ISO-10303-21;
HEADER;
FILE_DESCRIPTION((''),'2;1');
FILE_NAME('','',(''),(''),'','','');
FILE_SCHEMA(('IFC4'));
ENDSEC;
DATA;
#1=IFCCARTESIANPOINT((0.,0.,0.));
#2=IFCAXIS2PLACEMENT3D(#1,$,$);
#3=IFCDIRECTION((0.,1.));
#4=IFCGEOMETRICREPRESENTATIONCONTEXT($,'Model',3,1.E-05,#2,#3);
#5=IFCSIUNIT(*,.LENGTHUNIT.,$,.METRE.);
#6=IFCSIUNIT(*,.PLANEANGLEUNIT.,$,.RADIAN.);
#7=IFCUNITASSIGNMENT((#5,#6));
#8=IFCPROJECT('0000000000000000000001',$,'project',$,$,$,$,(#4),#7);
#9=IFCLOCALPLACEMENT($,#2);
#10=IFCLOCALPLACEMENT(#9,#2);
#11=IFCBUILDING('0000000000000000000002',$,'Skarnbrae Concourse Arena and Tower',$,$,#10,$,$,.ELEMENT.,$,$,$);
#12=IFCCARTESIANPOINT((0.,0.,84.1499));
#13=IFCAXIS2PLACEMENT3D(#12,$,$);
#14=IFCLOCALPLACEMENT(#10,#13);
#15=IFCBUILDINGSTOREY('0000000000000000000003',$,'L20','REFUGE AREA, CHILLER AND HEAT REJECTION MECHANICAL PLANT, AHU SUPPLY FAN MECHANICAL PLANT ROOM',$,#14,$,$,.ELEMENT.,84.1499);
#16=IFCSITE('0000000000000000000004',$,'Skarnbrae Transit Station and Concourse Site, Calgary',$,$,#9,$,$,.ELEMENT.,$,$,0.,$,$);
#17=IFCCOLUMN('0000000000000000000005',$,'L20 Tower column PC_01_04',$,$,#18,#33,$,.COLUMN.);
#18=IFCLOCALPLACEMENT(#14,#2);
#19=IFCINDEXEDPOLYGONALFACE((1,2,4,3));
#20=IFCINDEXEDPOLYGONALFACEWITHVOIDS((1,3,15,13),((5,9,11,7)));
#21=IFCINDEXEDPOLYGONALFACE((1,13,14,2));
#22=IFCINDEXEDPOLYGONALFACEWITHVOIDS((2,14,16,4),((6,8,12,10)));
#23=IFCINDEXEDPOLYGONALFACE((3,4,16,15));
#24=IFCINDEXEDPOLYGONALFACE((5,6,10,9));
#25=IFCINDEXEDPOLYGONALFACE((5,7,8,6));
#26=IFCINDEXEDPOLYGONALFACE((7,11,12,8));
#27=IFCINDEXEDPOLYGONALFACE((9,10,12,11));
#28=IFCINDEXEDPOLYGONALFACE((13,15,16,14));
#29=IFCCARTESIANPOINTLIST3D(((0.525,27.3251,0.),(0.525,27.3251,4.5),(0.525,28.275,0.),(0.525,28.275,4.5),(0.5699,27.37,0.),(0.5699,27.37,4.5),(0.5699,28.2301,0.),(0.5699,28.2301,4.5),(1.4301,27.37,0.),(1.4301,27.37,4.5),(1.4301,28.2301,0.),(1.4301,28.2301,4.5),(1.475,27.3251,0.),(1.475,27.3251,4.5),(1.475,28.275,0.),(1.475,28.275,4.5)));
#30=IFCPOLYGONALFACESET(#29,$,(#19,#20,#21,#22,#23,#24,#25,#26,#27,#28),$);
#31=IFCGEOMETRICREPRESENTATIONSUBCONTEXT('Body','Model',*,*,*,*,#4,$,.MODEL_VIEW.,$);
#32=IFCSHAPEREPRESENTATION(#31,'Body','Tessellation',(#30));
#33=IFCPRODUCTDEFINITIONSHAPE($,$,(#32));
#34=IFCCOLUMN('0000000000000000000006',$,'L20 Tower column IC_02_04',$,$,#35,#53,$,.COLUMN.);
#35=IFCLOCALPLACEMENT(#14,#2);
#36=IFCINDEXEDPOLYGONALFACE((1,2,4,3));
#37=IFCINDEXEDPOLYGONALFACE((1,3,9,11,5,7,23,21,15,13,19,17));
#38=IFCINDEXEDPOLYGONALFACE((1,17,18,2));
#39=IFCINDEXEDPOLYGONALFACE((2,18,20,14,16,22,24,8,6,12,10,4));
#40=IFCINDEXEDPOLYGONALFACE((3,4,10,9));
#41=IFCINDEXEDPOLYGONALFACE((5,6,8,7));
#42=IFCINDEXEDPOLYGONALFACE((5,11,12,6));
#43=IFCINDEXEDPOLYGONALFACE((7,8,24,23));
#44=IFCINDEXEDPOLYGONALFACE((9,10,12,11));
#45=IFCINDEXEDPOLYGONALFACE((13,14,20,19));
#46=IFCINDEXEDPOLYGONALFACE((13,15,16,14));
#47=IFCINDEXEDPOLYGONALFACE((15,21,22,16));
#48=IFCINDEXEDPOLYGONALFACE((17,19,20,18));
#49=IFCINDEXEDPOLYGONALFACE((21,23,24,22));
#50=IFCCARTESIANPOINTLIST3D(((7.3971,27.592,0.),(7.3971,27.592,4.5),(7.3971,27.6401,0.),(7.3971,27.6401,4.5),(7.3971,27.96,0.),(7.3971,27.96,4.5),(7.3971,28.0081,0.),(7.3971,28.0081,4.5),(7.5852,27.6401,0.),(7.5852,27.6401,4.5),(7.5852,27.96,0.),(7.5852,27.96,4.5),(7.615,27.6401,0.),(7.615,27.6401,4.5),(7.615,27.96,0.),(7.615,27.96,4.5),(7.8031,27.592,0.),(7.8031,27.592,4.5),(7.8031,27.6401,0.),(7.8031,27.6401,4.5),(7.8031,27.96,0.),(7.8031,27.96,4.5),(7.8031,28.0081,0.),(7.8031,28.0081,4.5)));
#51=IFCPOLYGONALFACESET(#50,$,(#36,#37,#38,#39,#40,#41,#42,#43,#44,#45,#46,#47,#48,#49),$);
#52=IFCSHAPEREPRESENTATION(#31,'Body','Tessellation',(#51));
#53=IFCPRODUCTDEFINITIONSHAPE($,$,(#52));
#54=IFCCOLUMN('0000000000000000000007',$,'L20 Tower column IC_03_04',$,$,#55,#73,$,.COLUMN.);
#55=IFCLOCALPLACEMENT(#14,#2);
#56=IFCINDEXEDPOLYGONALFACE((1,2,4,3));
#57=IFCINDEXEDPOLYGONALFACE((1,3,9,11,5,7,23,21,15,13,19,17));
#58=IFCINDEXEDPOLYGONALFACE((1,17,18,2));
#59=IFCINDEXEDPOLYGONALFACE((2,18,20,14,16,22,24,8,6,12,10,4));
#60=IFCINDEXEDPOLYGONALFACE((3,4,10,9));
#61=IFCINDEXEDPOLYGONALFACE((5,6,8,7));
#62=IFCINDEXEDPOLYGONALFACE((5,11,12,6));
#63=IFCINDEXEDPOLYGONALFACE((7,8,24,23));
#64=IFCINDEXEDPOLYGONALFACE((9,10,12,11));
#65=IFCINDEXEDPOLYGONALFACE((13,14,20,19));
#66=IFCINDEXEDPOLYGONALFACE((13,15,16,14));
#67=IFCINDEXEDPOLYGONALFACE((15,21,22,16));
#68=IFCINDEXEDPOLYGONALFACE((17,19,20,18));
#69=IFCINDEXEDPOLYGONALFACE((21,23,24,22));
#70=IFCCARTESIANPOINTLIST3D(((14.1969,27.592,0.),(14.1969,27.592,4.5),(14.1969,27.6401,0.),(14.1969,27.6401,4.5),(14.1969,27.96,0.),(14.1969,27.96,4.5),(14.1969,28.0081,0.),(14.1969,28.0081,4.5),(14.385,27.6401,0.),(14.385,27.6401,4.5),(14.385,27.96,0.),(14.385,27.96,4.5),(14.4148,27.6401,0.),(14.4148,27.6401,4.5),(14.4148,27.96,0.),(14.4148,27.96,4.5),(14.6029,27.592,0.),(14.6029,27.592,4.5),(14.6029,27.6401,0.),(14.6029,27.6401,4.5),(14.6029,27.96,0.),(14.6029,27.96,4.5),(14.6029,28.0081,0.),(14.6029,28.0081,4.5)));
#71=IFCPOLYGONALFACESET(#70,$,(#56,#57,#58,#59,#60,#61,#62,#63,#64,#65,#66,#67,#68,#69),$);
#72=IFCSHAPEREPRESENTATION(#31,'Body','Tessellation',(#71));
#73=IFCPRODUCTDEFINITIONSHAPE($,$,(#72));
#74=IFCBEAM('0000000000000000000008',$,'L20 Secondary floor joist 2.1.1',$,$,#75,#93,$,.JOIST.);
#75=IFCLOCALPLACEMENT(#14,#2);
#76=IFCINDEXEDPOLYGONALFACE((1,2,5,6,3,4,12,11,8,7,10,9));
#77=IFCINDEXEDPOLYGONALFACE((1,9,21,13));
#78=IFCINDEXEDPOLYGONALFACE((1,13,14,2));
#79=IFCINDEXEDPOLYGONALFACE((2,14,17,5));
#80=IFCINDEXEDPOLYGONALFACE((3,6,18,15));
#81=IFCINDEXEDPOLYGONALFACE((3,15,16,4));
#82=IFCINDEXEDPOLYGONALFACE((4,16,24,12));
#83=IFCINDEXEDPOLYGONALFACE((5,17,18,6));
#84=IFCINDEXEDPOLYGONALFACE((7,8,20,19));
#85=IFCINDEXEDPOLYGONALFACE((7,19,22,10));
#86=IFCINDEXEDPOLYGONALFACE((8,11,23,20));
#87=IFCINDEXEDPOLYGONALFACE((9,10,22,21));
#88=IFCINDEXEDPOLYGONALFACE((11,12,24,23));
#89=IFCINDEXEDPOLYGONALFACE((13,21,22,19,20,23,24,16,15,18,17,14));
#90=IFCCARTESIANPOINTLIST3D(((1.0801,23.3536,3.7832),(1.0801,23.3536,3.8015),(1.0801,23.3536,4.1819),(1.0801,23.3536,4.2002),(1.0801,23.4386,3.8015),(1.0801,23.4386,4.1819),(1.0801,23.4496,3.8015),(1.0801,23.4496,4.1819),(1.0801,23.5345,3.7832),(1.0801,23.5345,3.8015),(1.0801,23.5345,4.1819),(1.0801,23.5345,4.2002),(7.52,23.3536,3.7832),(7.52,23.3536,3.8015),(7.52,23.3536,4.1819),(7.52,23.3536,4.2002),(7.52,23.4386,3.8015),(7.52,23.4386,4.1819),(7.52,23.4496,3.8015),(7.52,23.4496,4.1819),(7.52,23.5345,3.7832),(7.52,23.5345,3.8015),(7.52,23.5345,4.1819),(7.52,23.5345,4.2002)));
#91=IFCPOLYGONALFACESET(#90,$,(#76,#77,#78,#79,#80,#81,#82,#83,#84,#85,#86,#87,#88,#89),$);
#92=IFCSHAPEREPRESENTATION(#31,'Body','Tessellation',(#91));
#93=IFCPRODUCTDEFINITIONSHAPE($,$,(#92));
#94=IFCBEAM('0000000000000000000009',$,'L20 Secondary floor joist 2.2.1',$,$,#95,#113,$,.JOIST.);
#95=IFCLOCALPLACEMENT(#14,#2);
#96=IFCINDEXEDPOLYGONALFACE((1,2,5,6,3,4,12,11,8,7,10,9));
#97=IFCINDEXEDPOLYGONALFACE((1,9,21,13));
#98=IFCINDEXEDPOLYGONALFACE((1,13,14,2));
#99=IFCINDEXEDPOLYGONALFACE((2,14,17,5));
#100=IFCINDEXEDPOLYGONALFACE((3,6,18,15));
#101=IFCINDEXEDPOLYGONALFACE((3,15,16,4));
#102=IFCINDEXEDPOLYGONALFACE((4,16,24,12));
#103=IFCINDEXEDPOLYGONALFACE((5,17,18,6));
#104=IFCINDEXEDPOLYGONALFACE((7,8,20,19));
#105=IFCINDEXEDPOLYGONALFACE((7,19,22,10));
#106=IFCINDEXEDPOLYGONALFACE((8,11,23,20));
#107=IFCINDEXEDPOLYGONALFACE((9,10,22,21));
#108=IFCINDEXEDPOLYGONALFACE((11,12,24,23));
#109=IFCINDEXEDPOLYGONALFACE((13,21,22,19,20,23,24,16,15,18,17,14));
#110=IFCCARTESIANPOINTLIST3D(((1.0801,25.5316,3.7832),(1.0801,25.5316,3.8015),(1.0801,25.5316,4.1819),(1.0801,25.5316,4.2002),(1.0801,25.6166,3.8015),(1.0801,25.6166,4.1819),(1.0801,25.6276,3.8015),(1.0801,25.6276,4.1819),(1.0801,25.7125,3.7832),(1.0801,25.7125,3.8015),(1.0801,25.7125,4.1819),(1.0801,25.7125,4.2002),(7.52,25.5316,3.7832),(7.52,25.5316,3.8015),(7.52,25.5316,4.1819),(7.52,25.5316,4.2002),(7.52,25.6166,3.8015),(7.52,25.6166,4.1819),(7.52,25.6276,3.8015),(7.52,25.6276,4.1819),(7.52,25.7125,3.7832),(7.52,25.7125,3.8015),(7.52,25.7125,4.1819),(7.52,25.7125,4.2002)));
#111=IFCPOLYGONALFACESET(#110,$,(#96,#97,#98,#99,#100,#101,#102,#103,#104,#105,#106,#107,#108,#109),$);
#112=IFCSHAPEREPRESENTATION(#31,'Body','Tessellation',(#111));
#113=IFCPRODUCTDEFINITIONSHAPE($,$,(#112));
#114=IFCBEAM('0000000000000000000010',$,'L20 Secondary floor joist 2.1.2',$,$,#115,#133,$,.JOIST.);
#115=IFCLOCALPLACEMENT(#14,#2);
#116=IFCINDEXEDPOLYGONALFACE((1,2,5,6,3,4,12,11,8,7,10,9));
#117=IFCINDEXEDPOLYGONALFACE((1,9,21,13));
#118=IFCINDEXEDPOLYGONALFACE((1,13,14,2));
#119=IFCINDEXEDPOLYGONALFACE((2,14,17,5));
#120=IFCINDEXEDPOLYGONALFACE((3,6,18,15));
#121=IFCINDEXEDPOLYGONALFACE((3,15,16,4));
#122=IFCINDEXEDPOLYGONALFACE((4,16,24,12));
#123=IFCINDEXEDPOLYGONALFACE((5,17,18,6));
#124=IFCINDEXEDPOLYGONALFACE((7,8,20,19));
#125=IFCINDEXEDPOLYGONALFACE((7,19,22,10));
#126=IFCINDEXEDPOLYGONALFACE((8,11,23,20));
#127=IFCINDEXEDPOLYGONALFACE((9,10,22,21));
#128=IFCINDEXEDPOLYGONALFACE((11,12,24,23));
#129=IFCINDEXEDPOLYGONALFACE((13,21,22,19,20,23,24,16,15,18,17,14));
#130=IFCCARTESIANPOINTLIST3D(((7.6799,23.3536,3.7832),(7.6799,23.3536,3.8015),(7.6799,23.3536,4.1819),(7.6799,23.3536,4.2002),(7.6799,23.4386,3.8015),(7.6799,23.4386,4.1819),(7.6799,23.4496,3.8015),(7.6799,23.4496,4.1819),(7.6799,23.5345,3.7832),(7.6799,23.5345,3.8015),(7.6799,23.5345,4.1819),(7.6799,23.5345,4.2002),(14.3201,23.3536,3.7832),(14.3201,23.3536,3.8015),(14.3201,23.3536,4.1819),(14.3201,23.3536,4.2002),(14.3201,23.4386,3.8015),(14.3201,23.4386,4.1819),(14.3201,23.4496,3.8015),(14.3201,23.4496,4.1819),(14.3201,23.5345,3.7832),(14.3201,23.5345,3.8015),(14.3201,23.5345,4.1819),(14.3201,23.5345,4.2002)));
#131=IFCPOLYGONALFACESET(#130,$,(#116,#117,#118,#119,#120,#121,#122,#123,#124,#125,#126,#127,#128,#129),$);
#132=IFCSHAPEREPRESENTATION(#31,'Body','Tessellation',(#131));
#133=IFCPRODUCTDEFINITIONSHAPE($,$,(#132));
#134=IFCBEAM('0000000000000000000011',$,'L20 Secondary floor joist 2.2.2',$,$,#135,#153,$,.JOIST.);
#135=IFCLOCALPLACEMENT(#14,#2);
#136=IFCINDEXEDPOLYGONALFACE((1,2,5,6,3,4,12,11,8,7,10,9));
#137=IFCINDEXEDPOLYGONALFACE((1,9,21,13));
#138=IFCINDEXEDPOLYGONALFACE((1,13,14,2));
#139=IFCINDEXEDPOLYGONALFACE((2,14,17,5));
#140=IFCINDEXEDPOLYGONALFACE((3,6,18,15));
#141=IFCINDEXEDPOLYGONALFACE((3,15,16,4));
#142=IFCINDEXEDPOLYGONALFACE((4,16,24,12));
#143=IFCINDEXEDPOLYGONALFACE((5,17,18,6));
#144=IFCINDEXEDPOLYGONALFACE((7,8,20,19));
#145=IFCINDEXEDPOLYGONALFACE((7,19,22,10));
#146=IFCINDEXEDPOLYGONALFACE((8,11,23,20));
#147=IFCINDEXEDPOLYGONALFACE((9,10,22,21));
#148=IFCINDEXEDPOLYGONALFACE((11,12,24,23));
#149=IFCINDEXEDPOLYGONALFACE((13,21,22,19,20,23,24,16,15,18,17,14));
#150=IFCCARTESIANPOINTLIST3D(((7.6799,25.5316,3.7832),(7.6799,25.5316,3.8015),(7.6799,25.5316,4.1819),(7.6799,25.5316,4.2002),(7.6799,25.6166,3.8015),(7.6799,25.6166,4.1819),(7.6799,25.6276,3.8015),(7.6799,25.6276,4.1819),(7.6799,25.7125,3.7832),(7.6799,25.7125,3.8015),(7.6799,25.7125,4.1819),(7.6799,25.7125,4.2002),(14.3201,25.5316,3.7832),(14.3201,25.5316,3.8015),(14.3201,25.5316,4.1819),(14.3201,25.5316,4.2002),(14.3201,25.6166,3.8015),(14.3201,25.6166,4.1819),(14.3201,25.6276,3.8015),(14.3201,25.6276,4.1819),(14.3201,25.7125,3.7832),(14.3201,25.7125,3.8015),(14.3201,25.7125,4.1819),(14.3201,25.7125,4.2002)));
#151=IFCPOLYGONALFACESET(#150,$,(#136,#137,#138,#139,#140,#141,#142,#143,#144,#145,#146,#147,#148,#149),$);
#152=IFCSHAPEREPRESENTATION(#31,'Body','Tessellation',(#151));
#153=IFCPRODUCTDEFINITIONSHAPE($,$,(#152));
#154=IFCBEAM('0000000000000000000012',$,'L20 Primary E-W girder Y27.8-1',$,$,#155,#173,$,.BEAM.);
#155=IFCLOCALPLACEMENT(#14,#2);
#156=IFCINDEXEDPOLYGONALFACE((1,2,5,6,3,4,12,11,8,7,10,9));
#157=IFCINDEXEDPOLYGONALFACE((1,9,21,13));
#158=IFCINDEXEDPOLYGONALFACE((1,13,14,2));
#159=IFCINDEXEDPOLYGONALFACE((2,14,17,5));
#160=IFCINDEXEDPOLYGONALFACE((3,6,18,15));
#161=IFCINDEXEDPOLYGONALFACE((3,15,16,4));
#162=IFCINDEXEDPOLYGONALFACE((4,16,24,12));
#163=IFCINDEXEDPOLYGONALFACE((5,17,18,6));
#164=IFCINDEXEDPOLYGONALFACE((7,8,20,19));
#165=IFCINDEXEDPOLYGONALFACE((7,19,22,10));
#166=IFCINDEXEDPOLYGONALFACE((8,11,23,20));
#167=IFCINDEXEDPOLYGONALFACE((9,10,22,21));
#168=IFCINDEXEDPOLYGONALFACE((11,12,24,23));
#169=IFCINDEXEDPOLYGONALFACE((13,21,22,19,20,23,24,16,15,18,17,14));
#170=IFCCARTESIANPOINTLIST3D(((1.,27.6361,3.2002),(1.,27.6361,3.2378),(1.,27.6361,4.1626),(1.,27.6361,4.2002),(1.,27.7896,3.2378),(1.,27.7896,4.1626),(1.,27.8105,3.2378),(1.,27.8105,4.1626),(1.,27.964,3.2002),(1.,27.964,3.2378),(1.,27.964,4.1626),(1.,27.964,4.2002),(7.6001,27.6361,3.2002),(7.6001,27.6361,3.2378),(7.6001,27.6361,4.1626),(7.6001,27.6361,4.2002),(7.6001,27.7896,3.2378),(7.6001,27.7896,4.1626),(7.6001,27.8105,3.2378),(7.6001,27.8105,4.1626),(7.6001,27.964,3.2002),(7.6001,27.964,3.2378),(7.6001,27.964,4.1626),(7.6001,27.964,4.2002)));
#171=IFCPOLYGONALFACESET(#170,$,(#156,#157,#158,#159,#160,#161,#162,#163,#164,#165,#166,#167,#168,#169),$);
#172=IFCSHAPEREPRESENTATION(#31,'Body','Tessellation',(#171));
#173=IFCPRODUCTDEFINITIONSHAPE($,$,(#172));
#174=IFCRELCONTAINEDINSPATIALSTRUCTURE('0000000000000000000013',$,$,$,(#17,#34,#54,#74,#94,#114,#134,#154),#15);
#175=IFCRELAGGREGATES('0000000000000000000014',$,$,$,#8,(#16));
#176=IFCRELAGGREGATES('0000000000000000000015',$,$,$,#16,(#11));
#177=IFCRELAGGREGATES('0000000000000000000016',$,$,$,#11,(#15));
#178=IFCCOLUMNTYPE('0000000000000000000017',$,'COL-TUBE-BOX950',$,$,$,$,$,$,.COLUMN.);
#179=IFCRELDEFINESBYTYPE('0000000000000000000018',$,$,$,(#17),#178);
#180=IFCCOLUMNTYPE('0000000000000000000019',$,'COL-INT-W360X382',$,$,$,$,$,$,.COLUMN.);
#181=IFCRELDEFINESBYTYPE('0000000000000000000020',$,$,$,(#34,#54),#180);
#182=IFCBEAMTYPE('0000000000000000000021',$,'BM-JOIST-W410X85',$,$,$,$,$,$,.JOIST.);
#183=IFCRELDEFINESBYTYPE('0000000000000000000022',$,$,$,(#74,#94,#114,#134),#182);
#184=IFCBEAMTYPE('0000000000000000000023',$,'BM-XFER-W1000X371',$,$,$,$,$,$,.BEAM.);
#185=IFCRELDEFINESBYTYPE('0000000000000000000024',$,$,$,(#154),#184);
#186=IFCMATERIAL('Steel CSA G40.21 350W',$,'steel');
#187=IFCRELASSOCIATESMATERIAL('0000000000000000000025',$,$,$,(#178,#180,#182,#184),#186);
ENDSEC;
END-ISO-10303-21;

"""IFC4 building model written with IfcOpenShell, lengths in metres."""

from ifc_helpers import new_model, si_unit, direction, frame, origin, origin_2d, place, context, subcontext, project, spatial, hollow_rectangle, i_section, extrude, source, transform, mapped, material, material_profile, profile_set, type_object, element, save


model = new_model("IFC4")

# Units and contexts
model_context = context("Model", 3, precision=1e-05, world=origin(), true_north=direction((0.0, 1.0)))
body_context = subcontext(model_context, "Body", "Model", "MODEL_VIEW")
ifc_project = project(units=[si_unit("LENGTHUNIT", "METRE"), si_unit("PLANEANGLEUNIT", "RADIAN")], contexts=[model_context])

# Site, building, storey
site_placement = place(None, origin())
site = spatial("IfcSite", under=ifc_project, at=site_placement, Name="Skarnbrae Transit Station and Concourse Site, Calgary", CompositionType="ELEMENT", RefElevation=0.0)
building_placement = place(site_placement, origin())
building = spatial("IfcBuilding", under=site, at=building_placement, Name="Skarnbrae Concourse Arena and Tower", CompositionType="ELEMENT")
storey_placement = place(building_placement, frame((0.0, 0.0, 84.1499)))
storey = spatial("IfcBuildingStorey", under=building, at=storey_placement, Name="L20", Description="REFUGE AREA, CHILLER AND HEAT REJECTION MECHANICAL PLANT, AHU SUPPLY FAN MECHANICAL PLANT ROOM", CompositionType="ELEMENT", Elevation=84.1499)

# Columns
ifc_material = material(Name="Steel CSA G40.21 350W", Category="steel")
ifc_material_profile_1 = material_profile(ifc_material, hollow_rectangle(XDim=0.95, YDim=0.95, WallThickness=0.0449, at=origin_2d()), Name="BOX950X950X45")
ifc_profile_set_1 = profile_set([ifc_material_profile_1], Name="Steel CSA G40.21 350W")
column_type_1 = type_object("IfcColumnType", Name="COL-TUBE-BOX950", PredefinedType="COLUMN", material=ifc_profile_set_1)
shared_shape_1 = source(origin(), body_context, "Body", "SweptSolid", [
    extrude(hollow_rectangle(XDim=0.95, YDim=0.95, WallThickness=0.0449, at=origin_2d()), origin(), (0.0, 0.0, 1.0), 4.5),
])
column_placement = place(storey_placement, frame((1.0, 27.8, 0.0), z_axis=(0.0, 0.0, 1.0), x_axis=(1.0, 0.0, 0.0)))
element("IfcColumn", 1, at=column_placement, inside=storey, type_object=column_type_1, Name="L20 Tower column PC_01_04", PredefinedType="COLUMN", context=body_context, shape_type="MappedRepresentation", body=[
    mapped(shared_shape_1, transform((0.0, 0.0, 0.0))),
])
ifc_material_profile_2 = material_profile(ifc_material, i_section(OverallWidth=0.406, OverallDepth=0.416, WebThickness=0.0298, FlangeThickness=0.0481, at=origin_2d()), Name="W360X382")
ifc_profile_set_2 = profile_set([ifc_material_profile_2], Name="Steel CSA G40.21 350W")
column_type_2 = type_object("IfcColumnType", Name="COL-INT-W360X382", PredefinedType="COLUMN", material=ifc_profile_set_2)
shared_shape_2 = source(origin(), body_context, "Body", "SweptSolid", [
    extrude(i_section(OverallWidth=0.406, OverallDepth=0.416, WebThickness=0.0298, FlangeThickness=0.0481, at=origin_2d()), origin(), (0.0, 0.0, 1.0), 4.5),
])
for number, where, z_axis, x_axis, name in (
    (2, (7.6001, 27.8, 0.0), (0.0, 0.0, 1.0), (1.0, 0.0, 0.0), "L20 Tower column IC_02_04"),
    (3, (14.3999, 27.8, 0.0), (0.0, 0.0, 1.0), (1.0, 0.0, 0.0), "L20 Tower column IC_03_04"),
):
    element("IfcColumn", number, at=place(storey_placement, frame(where, z_axis=z_axis, x_axis=x_axis)), inside=storey, type_object=column_type_2, Name=name, PredefinedType="COLUMN", context=body_context, shape_type="MappedRepresentation", body=[
        mapped(shared_shape_2, transform((0.0, 0.0, 0.0))),
    ])

# Beams
ifc_material_profile_3 = material_profile(ifc_material, i_section(OverallWidth=0.1809, OverallDepth=0.417, WebThickness=0.011, FlangeThickness=0.0183, at=origin_2d()), Name="W410X85")
ifc_profile_set_3 = profile_set([ifc_material_profile_3], Name="Steel CSA G40.21 350W")
beam_type_1 = type_object("IfcBeamType", Name="BM-JOIST-W410X85", PredefinedType="JOIST", material=ifc_profile_set_3)
shared_shape_3 = source(origin(), body_context, "Body", "SweptSolid", [
    extrude(i_section(OverallWidth=0.1809, OverallDepth=0.417, WebThickness=0.011, FlangeThickness=0.0183, at=origin_2d()), origin(), (0.0, 0.0, 1.0), 6.4399),
])
for number, where, z_axis, x_axis, name in (
    (4, (1.0801, 23.4441, 3.9917), (1.0, 0.0, 0.0), (0.0, 1.0, 0.0), "L20 Secondary floor joist 2.1.1"),
    (5, (1.0801, 25.6221, 3.9917), (1.0, 0.0, 0.0), (0.0, 1.0, 0.0), "L20 Secondary floor joist 2.2.1"),
):
    element("IfcBeam", number, at=place(storey_placement, frame(where, z_axis=z_axis, x_axis=x_axis)), inside=storey, type_object=beam_type_1, Name=name, PredefinedType="JOIST", context=body_context, shape_type="MappedRepresentation", body=[
        mapped(shared_shape_3, transform((0.0, 0.0, 0.0))),
    ])
shared_shape_4 = source(origin(), body_context, "Body", "SweptSolid", [
    extrude(i_section(OverallWidth=0.1809, OverallDepth=0.417, WebThickness=0.011, FlangeThickness=0.0183, at=origin_2d()), origin(), (0.0, 0.0, 1.0), 6.6401),
])
for number, where, z_axis, x_axis, name in (
    (6, (7.6799, 23.4441, 3.9917), (1.0, 0.0, 0.0), (0.0, 1.0, 0.0), "L20 Secondary floor joist 2.1.2"),
    (7, (7.6799, 25.6221, 3.9917), (1.0, 0.0, 0.0), (0.0, 1.0, 0.0), "L20 Secondary floor joist 2.2.2"),
):
    element("IfcBeam", number, at=place(storey_placement, frame(where, z_axis=z_axis, x_axis=x_axis)), inside=storey, type_object=beam_type_1, Name=name, PredefinedType="JOIST", context=body_context, shape_type="MappedRepresentation", body=[
        mapped(shared_shape_4, transform((0.0, 0.0, 0.0))),
    ])
ifc_material_profile_4 = material_profile(ifc_material, i_section(OverallWidth=0.3279, OverallDepth=1.0, WebThickness=0.021, FlangeThickness=0.0376, at=origin_2d()), Name="W1000X371")
ifc_profile_set_4 = profile_set([ifc_material_profile_4], Name="Steel CSA G40.21 350W")
beam_type_2 = type_object("IfcBeamType", Name="BM-XFER-W1000X371", PredefinedType="BEAM", material=ifc_profile_set_4)
shared_shape_5 = source(origin(), body_context, "Body", "SweptSolid", [
    extrude(i_section(OverallWidth=0.3279, OverallDepth=1.0, WebThickness=0.021, FlangeThickness=0.0376, at=origin_2d()), origin(), (0.0, 0.0, 1.0), 6.6001),
])
beam_1_placement = place(storey_placement, frame((1.0, 27.8, 3.7002), z_axis=(1.0, 0.0, 0.0), x_axis=(0.0, 1.0, 0.0)))
element("IfcBeam", 8, at=beam_1_placement, inside=storey, type_object=beam_type_2, Name="L20 Primary E-W girder Y27.8-1", PredefinedType="BEAM", context=body_context, shape_type="MappedRepresentation", body=[
    mapped(shared_shape_5, transform((0.0, 0.0, 0.0))),
])

save(model, "model.ifc")
